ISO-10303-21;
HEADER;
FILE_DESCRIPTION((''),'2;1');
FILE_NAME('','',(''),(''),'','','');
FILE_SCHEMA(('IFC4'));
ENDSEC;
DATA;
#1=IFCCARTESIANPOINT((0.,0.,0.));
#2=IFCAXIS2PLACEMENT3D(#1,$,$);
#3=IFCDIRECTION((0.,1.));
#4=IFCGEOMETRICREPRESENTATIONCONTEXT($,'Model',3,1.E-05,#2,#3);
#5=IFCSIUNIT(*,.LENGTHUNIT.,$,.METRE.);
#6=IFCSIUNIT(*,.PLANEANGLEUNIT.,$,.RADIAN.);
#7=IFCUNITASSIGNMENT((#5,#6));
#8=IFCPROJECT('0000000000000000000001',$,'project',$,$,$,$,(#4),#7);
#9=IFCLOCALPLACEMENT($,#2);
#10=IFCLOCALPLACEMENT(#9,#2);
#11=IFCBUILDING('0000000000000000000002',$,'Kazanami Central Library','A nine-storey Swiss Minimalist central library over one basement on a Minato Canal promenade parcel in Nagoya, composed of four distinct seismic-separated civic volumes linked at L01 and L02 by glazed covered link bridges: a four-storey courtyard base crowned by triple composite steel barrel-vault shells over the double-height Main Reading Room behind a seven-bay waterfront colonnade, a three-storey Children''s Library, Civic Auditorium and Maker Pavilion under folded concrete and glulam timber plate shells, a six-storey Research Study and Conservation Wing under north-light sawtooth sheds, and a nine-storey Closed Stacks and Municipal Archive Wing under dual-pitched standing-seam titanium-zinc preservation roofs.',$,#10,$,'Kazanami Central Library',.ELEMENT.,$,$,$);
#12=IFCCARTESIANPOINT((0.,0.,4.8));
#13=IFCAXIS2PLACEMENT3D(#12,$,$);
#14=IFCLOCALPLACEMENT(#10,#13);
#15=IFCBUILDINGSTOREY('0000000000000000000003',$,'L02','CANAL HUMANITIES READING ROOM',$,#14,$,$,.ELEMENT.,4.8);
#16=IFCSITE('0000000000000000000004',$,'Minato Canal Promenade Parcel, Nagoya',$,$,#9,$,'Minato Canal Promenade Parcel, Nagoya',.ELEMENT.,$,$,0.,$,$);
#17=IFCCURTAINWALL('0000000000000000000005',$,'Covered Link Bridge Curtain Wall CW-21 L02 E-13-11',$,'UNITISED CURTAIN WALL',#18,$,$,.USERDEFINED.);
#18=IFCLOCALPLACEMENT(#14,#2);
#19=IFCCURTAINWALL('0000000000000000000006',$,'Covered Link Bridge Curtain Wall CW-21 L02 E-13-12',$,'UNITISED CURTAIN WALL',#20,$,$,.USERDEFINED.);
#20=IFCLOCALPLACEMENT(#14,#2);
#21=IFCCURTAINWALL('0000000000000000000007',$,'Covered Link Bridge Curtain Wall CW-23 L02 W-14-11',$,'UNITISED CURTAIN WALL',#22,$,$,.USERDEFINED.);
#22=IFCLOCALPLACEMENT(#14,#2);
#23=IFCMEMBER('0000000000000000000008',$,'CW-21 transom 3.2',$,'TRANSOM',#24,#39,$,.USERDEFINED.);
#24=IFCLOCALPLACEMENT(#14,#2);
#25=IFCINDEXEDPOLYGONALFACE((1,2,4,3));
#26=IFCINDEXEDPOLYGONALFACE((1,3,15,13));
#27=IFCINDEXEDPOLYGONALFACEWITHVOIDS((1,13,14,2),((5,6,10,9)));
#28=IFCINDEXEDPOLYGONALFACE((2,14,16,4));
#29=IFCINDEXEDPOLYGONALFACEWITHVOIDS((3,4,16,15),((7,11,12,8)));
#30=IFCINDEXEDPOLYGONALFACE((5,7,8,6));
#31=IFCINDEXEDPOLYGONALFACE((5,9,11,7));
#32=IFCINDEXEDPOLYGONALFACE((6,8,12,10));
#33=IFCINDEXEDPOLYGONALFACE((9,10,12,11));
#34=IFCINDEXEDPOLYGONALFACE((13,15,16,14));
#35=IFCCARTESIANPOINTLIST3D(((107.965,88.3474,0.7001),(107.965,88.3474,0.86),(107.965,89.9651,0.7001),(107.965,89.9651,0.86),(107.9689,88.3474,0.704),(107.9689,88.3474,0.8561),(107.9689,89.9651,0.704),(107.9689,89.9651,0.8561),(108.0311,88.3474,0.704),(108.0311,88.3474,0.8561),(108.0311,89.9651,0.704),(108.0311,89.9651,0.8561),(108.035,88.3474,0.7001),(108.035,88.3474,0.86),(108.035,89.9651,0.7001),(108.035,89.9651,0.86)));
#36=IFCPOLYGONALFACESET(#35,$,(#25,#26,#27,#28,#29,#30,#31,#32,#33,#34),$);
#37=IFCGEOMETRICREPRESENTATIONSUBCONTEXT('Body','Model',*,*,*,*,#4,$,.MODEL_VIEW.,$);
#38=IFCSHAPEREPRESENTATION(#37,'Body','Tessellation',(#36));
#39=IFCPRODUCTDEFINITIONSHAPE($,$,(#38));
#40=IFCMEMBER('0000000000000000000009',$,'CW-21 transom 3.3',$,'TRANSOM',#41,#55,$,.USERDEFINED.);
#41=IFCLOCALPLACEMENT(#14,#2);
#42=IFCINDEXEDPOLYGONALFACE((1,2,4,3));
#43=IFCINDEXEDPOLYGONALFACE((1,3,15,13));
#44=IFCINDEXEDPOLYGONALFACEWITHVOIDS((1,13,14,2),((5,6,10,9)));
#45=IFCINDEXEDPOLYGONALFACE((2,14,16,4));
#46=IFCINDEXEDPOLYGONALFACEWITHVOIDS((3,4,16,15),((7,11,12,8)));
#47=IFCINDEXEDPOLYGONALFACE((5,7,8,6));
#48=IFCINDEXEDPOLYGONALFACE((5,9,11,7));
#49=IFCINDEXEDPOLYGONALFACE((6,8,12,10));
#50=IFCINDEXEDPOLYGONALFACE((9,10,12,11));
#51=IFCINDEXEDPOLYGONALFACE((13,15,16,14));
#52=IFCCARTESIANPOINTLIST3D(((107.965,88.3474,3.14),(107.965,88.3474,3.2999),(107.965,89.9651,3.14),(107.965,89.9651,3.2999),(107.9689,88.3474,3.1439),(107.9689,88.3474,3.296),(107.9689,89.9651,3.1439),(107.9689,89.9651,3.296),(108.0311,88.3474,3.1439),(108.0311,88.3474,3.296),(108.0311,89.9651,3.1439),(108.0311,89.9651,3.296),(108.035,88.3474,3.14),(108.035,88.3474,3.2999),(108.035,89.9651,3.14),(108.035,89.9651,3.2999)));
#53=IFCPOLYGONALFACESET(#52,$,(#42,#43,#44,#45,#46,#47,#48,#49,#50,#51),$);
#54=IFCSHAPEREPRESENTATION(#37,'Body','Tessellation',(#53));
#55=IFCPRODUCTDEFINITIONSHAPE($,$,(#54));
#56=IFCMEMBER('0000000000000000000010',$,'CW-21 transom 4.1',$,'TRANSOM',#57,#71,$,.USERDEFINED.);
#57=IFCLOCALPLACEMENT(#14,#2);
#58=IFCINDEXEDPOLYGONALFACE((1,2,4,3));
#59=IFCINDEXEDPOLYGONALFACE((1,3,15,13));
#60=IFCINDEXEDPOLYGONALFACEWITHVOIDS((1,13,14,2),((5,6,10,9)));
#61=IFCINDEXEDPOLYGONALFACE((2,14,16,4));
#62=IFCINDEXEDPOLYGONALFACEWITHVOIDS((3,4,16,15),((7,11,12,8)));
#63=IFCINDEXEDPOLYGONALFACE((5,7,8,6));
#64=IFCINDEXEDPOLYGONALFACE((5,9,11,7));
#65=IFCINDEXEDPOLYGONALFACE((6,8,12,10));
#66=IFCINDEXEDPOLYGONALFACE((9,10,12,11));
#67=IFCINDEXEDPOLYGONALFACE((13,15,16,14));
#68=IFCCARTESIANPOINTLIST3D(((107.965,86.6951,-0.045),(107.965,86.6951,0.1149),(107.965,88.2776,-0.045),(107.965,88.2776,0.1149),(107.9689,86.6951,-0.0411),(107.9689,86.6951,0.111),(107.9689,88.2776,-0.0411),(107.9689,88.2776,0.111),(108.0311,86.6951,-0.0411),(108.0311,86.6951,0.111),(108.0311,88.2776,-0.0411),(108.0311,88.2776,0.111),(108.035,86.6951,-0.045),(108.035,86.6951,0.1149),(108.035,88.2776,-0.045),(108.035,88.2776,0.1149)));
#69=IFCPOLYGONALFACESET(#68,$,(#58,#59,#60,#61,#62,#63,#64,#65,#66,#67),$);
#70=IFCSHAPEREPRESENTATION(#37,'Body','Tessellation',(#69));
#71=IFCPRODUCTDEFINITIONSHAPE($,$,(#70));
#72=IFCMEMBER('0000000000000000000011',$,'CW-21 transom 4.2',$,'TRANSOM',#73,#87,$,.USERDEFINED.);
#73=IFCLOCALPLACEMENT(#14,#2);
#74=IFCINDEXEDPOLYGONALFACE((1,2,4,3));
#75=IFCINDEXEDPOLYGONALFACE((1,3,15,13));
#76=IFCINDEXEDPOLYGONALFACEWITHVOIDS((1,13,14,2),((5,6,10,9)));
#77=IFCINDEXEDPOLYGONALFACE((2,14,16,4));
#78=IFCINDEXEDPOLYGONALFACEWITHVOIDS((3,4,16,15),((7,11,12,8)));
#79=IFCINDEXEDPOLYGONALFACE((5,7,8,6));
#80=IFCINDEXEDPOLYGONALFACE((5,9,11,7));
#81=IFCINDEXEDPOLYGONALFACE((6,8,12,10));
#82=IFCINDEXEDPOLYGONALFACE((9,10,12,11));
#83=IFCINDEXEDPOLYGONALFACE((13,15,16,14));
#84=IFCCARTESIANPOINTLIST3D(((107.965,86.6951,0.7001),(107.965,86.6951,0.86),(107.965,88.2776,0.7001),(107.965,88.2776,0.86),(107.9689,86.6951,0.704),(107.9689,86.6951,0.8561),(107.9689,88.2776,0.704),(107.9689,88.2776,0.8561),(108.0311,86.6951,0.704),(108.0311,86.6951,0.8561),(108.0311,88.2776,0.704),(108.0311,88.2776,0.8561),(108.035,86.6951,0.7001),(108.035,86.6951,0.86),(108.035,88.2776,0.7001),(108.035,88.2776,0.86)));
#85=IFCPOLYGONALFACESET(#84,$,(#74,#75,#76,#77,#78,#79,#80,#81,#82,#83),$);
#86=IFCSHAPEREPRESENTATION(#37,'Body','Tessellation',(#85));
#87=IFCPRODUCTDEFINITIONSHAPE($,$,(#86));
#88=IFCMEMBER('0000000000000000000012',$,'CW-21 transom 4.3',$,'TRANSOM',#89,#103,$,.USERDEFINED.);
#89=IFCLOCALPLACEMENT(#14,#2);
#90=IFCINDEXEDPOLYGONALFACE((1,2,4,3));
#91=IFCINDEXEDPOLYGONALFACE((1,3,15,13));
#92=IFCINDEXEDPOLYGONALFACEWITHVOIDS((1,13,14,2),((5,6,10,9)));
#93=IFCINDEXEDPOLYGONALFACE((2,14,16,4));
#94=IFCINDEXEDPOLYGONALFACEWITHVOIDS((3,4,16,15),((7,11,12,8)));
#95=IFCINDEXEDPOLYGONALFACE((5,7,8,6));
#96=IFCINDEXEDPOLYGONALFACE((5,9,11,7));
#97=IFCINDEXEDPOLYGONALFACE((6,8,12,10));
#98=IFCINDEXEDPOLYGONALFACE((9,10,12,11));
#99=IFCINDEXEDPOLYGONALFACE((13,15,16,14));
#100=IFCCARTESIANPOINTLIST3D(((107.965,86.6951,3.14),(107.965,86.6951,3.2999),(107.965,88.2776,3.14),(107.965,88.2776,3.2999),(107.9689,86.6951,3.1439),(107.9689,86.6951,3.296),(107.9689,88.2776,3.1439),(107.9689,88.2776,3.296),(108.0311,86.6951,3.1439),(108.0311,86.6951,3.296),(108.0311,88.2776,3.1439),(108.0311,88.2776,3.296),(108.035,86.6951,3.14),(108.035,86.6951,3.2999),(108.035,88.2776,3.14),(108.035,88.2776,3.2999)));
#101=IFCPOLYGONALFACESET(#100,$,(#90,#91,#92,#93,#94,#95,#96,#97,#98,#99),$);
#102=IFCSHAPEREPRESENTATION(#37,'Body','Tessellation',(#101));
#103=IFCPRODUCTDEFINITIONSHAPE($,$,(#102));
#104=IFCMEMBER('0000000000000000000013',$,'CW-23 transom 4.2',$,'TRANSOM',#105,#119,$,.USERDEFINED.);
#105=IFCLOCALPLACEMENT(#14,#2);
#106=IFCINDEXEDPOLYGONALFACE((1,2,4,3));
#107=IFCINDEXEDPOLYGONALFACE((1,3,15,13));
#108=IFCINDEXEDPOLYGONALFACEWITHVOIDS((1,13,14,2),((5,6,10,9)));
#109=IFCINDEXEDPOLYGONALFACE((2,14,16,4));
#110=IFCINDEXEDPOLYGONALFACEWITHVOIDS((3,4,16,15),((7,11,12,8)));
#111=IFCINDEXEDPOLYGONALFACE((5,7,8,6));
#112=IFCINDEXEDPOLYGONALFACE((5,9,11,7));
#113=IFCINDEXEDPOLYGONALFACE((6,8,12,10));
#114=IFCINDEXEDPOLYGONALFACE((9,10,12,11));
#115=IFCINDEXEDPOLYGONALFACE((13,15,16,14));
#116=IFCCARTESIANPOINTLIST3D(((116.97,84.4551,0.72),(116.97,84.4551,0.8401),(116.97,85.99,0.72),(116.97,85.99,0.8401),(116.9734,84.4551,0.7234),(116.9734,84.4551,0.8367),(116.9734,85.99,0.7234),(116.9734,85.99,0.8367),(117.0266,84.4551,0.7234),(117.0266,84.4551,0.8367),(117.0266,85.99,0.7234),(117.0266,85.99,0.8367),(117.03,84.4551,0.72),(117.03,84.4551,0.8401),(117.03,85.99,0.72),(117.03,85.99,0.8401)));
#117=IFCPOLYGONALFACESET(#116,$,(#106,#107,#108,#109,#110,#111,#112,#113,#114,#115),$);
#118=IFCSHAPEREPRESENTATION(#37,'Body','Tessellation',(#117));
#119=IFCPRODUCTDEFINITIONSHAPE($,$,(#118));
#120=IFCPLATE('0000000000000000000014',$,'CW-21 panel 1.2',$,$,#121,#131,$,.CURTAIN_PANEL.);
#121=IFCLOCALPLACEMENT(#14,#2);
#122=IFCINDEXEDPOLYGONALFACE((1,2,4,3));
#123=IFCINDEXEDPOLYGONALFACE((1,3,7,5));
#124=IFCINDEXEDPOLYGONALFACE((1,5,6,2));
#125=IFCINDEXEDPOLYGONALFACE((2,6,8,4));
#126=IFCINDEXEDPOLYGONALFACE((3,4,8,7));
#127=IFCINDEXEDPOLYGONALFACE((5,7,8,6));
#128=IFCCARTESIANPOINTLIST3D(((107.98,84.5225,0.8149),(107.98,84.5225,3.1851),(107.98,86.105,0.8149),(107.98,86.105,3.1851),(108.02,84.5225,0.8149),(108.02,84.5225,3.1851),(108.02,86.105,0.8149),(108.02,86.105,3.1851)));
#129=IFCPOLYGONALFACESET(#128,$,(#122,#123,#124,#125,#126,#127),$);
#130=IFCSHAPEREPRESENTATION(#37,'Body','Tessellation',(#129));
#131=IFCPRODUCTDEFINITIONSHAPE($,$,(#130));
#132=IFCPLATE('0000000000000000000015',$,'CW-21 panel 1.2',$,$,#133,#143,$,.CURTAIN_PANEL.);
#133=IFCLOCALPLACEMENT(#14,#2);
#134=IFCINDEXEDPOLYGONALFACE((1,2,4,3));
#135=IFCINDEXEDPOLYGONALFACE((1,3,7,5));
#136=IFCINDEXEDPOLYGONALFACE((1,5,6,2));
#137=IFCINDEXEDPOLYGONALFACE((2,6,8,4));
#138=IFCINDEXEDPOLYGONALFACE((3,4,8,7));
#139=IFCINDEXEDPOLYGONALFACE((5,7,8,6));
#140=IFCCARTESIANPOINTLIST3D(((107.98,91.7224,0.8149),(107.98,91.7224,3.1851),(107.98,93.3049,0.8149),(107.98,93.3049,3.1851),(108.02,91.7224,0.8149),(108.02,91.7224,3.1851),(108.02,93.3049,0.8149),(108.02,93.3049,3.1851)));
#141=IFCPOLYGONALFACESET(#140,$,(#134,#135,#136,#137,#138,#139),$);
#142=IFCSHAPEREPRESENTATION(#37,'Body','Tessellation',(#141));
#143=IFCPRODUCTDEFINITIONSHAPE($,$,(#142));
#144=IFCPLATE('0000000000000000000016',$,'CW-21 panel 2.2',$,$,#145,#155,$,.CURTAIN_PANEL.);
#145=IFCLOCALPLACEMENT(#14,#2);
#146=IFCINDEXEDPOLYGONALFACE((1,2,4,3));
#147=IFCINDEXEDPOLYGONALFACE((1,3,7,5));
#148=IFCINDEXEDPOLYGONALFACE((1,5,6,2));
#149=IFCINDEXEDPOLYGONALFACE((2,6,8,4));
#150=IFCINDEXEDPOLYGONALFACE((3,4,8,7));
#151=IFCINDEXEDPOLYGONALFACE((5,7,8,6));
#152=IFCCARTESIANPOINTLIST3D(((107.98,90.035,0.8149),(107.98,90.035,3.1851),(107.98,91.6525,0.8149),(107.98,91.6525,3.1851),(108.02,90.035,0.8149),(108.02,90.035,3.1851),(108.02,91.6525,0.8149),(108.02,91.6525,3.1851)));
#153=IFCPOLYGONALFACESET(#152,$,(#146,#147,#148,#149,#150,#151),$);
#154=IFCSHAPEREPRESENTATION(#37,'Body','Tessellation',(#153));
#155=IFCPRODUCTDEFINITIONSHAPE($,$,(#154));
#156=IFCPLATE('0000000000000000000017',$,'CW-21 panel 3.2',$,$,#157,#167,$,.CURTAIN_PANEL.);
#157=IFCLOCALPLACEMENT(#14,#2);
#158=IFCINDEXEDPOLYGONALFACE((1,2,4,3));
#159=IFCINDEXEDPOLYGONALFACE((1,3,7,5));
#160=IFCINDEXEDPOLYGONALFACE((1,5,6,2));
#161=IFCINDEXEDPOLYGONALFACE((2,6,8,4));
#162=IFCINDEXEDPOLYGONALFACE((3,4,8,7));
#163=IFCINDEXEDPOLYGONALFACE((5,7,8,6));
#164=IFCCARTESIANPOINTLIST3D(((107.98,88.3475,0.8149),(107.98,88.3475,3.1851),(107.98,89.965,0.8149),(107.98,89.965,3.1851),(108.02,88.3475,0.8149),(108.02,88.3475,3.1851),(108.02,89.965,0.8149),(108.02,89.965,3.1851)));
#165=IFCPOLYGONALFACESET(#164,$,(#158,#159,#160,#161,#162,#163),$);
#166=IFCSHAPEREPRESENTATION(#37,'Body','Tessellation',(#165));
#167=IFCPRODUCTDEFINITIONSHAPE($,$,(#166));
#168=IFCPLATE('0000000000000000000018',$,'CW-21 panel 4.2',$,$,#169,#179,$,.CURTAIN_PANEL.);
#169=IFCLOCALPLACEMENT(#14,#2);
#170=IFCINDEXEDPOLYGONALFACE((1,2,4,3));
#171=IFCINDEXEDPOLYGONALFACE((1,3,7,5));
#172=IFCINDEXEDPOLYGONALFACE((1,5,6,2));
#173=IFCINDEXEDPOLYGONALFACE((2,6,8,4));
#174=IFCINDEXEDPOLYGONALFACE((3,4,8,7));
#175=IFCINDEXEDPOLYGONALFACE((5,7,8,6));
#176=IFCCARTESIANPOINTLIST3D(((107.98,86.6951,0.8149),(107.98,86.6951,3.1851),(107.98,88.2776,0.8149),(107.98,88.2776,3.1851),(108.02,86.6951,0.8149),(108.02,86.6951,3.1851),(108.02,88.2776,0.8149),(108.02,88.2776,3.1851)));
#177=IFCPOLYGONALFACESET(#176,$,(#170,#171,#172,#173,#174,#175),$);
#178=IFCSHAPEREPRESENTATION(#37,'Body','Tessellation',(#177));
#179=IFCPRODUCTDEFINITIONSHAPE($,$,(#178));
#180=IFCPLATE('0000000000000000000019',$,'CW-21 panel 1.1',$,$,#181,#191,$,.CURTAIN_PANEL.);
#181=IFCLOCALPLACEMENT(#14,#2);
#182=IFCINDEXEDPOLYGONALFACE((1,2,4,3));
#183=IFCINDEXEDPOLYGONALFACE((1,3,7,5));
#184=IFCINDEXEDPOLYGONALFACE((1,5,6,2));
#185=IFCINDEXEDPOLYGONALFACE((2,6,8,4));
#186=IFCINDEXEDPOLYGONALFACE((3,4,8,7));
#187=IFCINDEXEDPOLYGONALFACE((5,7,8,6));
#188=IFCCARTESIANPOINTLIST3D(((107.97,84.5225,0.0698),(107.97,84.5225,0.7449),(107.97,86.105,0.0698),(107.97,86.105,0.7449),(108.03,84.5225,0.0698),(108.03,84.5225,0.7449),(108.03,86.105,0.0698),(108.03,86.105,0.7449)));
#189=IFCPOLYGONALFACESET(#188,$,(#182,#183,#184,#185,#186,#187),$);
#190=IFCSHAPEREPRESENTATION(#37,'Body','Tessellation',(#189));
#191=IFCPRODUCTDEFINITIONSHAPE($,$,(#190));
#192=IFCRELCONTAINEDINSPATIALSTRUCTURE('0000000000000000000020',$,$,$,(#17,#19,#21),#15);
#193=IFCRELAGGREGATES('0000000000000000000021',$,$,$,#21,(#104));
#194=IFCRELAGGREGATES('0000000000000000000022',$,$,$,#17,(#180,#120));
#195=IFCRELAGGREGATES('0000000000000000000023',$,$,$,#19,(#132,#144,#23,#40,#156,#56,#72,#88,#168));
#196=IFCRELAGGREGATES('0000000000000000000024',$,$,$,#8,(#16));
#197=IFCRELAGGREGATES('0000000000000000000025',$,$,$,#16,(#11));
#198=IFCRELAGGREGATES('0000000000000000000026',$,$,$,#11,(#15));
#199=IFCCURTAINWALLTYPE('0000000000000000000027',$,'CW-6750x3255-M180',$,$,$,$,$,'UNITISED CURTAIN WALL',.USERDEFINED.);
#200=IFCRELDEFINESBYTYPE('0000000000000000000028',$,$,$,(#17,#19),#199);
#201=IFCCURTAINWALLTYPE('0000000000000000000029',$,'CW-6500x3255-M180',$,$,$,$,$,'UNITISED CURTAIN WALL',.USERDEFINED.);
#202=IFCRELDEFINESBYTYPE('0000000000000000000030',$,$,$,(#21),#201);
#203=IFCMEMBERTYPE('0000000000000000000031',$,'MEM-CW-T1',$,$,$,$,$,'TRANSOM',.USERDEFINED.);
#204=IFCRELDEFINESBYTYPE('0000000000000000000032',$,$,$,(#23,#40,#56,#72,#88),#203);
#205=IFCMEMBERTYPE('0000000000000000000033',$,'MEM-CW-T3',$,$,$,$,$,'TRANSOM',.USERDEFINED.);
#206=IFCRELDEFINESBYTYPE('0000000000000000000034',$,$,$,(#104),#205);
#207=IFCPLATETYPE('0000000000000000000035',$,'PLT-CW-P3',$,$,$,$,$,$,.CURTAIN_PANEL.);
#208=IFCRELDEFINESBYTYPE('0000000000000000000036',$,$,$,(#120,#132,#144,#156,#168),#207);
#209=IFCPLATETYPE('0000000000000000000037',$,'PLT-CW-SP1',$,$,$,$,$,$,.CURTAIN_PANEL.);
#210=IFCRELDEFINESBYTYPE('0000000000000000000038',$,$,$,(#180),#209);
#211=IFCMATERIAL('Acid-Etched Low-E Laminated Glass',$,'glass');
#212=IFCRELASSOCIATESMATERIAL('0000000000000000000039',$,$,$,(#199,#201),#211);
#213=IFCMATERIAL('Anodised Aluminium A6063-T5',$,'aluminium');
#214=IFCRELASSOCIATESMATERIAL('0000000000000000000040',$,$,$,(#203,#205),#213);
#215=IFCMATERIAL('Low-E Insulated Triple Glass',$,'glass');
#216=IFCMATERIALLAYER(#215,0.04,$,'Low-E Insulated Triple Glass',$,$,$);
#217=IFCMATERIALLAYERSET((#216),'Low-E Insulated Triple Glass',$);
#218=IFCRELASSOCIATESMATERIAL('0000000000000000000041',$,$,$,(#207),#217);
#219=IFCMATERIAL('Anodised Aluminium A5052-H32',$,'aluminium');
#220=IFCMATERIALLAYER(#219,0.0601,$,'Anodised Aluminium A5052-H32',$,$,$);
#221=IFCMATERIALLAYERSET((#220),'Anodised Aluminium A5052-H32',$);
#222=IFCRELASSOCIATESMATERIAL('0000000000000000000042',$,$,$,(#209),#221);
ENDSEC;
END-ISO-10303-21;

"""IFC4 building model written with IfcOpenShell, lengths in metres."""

from ifc_helpers import new_model, si_unit, direction, frame, origin, origin_2d, place, context, subcontext, project, spatial, rectangle, hollow_rectangle, extrude, material, layer, layer_set, material_profile, profile_set, type_object, element, aggregate, save


model = new_model("IFC4")

# Units and contexts
model_context = context("Model", 3, precision=1e-05, world=origin(), true_north=direction((0.0, 1.0)))
body_context = subcontext(model_context, "Body", "Model", "MODEL_VIEW")
ifc_project = project(units=[si_unit("LENGTHUNIT", "METRE"), si_unit("PLANEANGLEUNIT", "RADIAN")], contexts=[model_context])

# Site, building, storey
site_placement = place(None, origin())
site = spatial("IfcSite", under=ifc_project, at=site_placement, Name="Minato Canal Promenade Parcel, Nagoya", LongName="Minato Canal Promenade Parcel, Nagoya", CompositionType="ELEMENT", RefElevation=0.0)
building_placement = place(site_placement, origin())
building = spatial("IfcBuilding", under=site, at=building_placement, Name="Kazanami Central Library", Description="A nine-storey Swiss Minimalist central library over one basement on a Minato Canal promenade parcel in Nagoya, composed of four distinct seismic-separated civic volumes linked at L01 and L02 by glazed covered link bridges: a four-storey courtyard base crowned by triple composite steel barrel-vault shells over the double-height Main Reading Room behind a seven-bay waterfront colonnade, a three-storey Children's Library, Civic Auditorium and Maker Pavilion under folded concrete and glulam timber plate shells, a six-storey Research Study and Conservation Wing under north-light sawtooth sheds, and a nine-storey Closed Stacks and Municipal Archive Wing under dual-pitched standing-seam titanium-zinc preservation roofs.", LongName="Kazanami Central Library", CompositionType="ELEMENT")
storey_placement = place(building_placement, frame((0.0, 0.0, 4.8)))
storey = spatial("IfcBuildingStorey", under=building, at=storey_placement, Name="L02", Description="CANAL HUMANITIES READING ROOM", CompositionType="ELEMENT", Elevation=4.8)

# Curtain walls
ifc_material_1 = material(Name="Acid-Etched Low-E Laminated Glass", Category="glass")
curtain_wall_type_1 = type_object("IfcCurtainWallType", Name="CW-6750x3255-M180", ElementType="UNITISED CURTAIN WALL", PredefinedType="USERDEFINED", material=ifc_material_1)
curtain_wall_1_placement = place(storey_placement, origin())
curtain_wall_1 = element("IfcCurtainWall", 1, at=curtain_wall_1_placement, inside=storey, type_object=curtain_wall_type_1, Name="Covered Link Bridge Curtain Wall CW-21 L02 E-13-11", ObjectType="UNITISED CURTAIN WALL", PredefinedType="USERDEFINED")
ifc_material_2 = material(Name="Anodised Aluminium A6063-T5", Category="aluminium")
curtain_wall_2_placement = place(storey_placement, origin())
curtain_wall_2 = element("IfcCurtainWall", 2, at=curtain_wall_2_placement, inside=storey, type_object=curtain_wall_type_1, Name="Covered Link Bridge Curtain Wall CW-21 L02 E-13-12", ObjectType="UNITISED CURTAIN WALL", PredefinedType="USERDEFINED")

# Curtain wall
curtain_wall_type_2 = type_object("IfcCurtainWallType", Name="CW-6500x3255-M180", ElementType="UNITISED CURTAIN WALL", PredefinedType="USERDEFINED", material=ifc_material_1)
curtain_wall_3_placement = place(storey_placement, origin())
curtain_wall_3 = element("IfcCurtainWall", 3, at=curtain_wall_3_placement, inside=storey, type_object=curtain_wall_type_2, Name="Covered Link Bridge Curtain Wall CW-23 L02 W-14-11", ObjectType="UNITISED CURTAIN WALL", PredefinedType="USERDEFINED")

# Members
ifc_material_profile_1 = material_profile(ifc_material_2, hollow_rectangle(XDim=0.0701, YDim=0.1599, WallThickness=0.0039, at=origin_2d()), Name="ALU-TRAN-70x160x4")
ifc_profile_set_1 = profile_set([ifc_material_profile_1], Name="Anodised Aluminium A6063-T5")
member_type_1 = type_object("IfcMemberType", Name="MEM-CW-T1", ElementType="TRANSOM", PredefinedType="USERDEFINED", material=ifc_profile_set_1)
member_1_placement = place(storey_placement, frame((108.0, 89.9651, 0.78), z_axis=(0.0, -1.0, 0.0), x_axis=(1.0, 0.0, 0.0)))
member_1 = element("IfcMember", 4, at=member_1_placement, type_object=member_type_1, Name="CW-21 transom 3.2", ObjectType="TRANSOM", PredefinedType="USERDEFINED", context=body_context, shape_type="SweptSolid", body=[
    extrude(hollow_rectangle(XDim=0.0701, YDim=0.1599, WallThickness=0.0039, at=origin_2d()), origin(), (0.0, 0.0, 1.0), 1.6177),
])
member_2_placement = place(storey_placement, frame((108.0, 89.9651, 3.22), z_axis=(0.0, -1.0, 0.0), x_axis=(1.0, 0.0, 0.0)))
member_2 = element("IfcMember", 5, at=member_2_placement, type_object=member_type_1, Name="CW-21 transom 3.3", ObjectType="TRANSOM", PredefinedType="USERDEFINED", context=body_context, shape_type="SweptSolid", body=[
    extrude(hollow_rectangle(XDim=0.0701, YDim=0.1599, WallThickness=0.0039, at=origin_2d()), origin(), (0.0, 0.0, 1.0), 1.6177),
])
member_3_placement = place(storey_placement, frame((108.0, 88.2776, 0.0349), z_axis=(0.0, -1.0, 0.0), x_axis=(1.0, 0.0, 0.0)))
member_3 = element("IfcMember", 6, at=member_3_placement, type_object=member_type_1, Name="CW-21 transom 4.1", ObjectType="TRANSOM", PredefinedType="USERDEFINED", context=body_context, shape_type="SweptSolid", body=[
    extrude(hollow_rectangle(XDim=0.0701, YDim=0.1599, WallThickness=0.0039, at=origin_2d()), origin(), (0.0, 0.0, 1.0), 1.5825),
])
member_4_placement = place(storey_placement, frame((108.0, 88.2776, 0.78), z_axis=(0.0, -1.0, 0.0), x_axis=(1.0, 0.0, 0.0)))
member_4 = element("IfcMember", 7, at=member_4_placement, type_object=member_type_1, Name="CW-21 transom 4.2", ObjectType="TRANSOM", PredefinedType="USERDEFINED", context=body_context, shape_type="SweptSolid", body=[
    extrude(hollow_rectangle(XDim=0.0701, YDim=0.1599, WallThickness=0.0039, at=origin_2d()), origin(), (0.0, 0.0, 1.0), 1.5825),
])
member_5_placement = place(storey_placement, frame((108.0, 88.2776, 3.22), z_axis=(0.0, -1.0, 0.0), x_axis=(1.0, 0.0, 0.0)))
member_5 = element("IfcMember", 8, at=member_5_placement, type_object=member_type_1, Name="CW-21 transom 4.3", ObjectType="TRANSOM", PredefinedType="USERDEFINED", context=body_context, shape_type="SweptSolid", body=[
    extrude(hollow_rectangle(XDim=0.0701, YDim=0.1599, WallThickness=0.0039, at=origin_2d()), origin(), (0.0, 0.0, 1.0), 1.5825),
])
ifc_material_profile_2 = material_profile(ifc_material_2, hollow_rectangle(XDim=0.0601, YDim=0.1201, WallThickness=0.0034, at=origin_2d()), Name="ALU-TRAN-60x120x3.5")
ifc_profile_set_2 = profile_set([ifc_material_profile_2], Name="Anodised Aluminium A6063-T5")
member_type_2 = type_object("IfcMemberType", Name="MEM-CW-T3", ElementType="TRANSOM", PredefinedType="USERDEFINED", material=ifc_profile_set_2)
member_6_placement = place(storey_placement, frame((117.0, 84.4551, 0.78), z_axis=(0.0, 1.0, 0.0), x_axis=(-1.0, 0.0, 0.0)))
member_6 = element("IfcMember", 9, at=member_6_placement, type_object=member_type_2, Name="CW-23 transom 4.2", ObjectType="TRANSOM", PredefinedType="USERDEFINED", context=body_context, shape_type="SweptSolid", body=[
    extrude(hollow_rectangle(XDim=0.0601, YDim=0.1201, WallThickness=0.0034, at=origin_2d()), origin(), (0.0, 0.0, 1.0), 1.5349),
])
aggregate(curtain_wall_3, [member_6])

# Plates
ifc_material_3 = material(Name="Low-E Insulated Triple Glass", Category="glass")
ifc_layer_1 = layer(ifc_material_3, 0.04, Name="Low-E Insulated Triple Glass")
ifc_layer_set_1 = layer_set([ifc_layer_1], Name="Low-E Insulated Triple Glass")
plate_type_1 = type_object("IfcPlateType", Name="PLT-CW-P3", PredefinedType="CURTAIN_PANEL", material=ifc_layer_set_1)
plate_1_placement = place(storey_placement, frame((108.0, 85.3137, 0.8149), z_axis=(0.0, 0.0, 1.0), x_axis=(0.0, -1.0, 0.0)))
plate_1 = element("IfcPlate", 10, at=plate_1_placement, type_object=plate_type_1, Name="CW-21 panel 1.2", PredefinedType="CURTAIN_PANEL", context=body_context, shape_type="SweptSolid", body=[
    extrude(rectangle(XDim=1.5825, YDim=0.04, at=origin_2d()), origin(), (0.0, 0.0, 1.0), 2.3701),
])
plate_2_placement = place(storey_placement, frame((108.0, 92.5137, 0.8149), z_axis=(0.0, 0.0, 1.0), x_axis=(0.0, -1.0, 0.0)))
plate_2 = element("IfcPlate", 11, at=plate_2_placement, type_object=plate_type_1, Name="CW-21 panel 1.2", PredefinedType="CURTAIN_PANEL", context=body_context, shape_type="SweptSolid", body=[
    extrude(rectangle(XDim=1.5825, YDim=0.04, at=origin_2d()), origin(), (0.0, 0.0, 1.0), 2.3701),
])
plate_3_placement = place(storey_placement, frame((108.0, 90.8438, 0.8149), z_axis=(0.0, 0.0, 1.0), x_axis=(0.0, -1.0, 0.0)))
plate_3 = element("IfcPlate", 12, at=plate_3_placement, type_object=plate_type_1, Name="CW-21 panel 2.2", PredefinedType="CURTAIN_PANEL", context=body_context, shape_type="SweptSolid", body=[
    extrude(rectangle(XDim=1.6174, YDim=0.04, at=origin_2d()), origin(), (0.0, 0.0, 1.0), 2.3701),
])
plate_4_placement = place(storey_placement, frame((108.0, 89.1562, 0.8149), z_axis=(0.0, 0.0, 1.0), x_axis=(0.0, -1.0, 0.0)))
plate_4 = element("IfcPlate", 13, at=plate_4_placement, type_object=plate_type_1, Name="CW-21 panel 3.2", PredefinedType="CURTAIN_PANEL", context=body_context, shape_type="SweptSolid", body=[
    extrude(rectangle(XDim=1.6174, YDim=0.04, at=origin_2d()), origin(), (0.0, 0.0, 1.0), 2.3701),
])
plate_5_placement = place(storey_placement, frame((108.0, 87.4863, 0.8149), z_axis=(0.0, 0.0, 1.0), x_axis=(0.0, -1.0, 0.0)))
plate_5 = element("IfcPlate", 14, at=plate_5_placement, type_object=plate_type_1, Name="CW-21 panel 4.2", PredefinedType="CURTAIN_PANEL", context=body_context, shape_type="SweptSolid", body=[
    extrude(rectangle(XDim=1.5825, YDim=0.04, at=origin_2d()), origin(), (0.0, 0.0, 1.0), 2.3701),
])
ifc_material_4 = material(Name="Anodised Aluminium A5052-H32", Category="aluminium")
ifc_layer_2 = layer(ifc_material_4, 0.0601, Name="Anodised Aluminium A5052-H32")
ifc_layer_set_2 = layer_set([ifc_layer_2], Name="Anodised Aluminium A5052-H32")
plate_type_2 = type_object("IfcPlateType", Name="PLT-CW-SP1", PredefinedType="CURTAIN_PANEL", material=ifc_layer_set_2)
plate_6_placement = place(storey_placement, frame((108.0, 85.3137, 0.0698), z_axis=(0.0, 0.0, 1.0), x_axis=(0.0, -1.0, 0.0)))
plate_6 = element("IfcPlate", 15, at=plate_6_placement, type_object=plate_type_2, Name="CW-21 panel 1.1", PredefinedType="CURTAIN_PANEL", context=body_context, shape_type="SweptSolid", body=[
    extrude(rectangle(XDim=1.5825, YDim=0.0601, at=origin_2d()), origin(), (0.0, 0.0, 1.0), 0.675),
])
aggregate(curtain_wall_1, [plate_6, plate_1])
aggregate(curtain_wall_2, [plate_2, plate_3, member_1, member_2, plate_4, member_3, member_4, member_5, plate_5])

save(model, "model.ifc")
